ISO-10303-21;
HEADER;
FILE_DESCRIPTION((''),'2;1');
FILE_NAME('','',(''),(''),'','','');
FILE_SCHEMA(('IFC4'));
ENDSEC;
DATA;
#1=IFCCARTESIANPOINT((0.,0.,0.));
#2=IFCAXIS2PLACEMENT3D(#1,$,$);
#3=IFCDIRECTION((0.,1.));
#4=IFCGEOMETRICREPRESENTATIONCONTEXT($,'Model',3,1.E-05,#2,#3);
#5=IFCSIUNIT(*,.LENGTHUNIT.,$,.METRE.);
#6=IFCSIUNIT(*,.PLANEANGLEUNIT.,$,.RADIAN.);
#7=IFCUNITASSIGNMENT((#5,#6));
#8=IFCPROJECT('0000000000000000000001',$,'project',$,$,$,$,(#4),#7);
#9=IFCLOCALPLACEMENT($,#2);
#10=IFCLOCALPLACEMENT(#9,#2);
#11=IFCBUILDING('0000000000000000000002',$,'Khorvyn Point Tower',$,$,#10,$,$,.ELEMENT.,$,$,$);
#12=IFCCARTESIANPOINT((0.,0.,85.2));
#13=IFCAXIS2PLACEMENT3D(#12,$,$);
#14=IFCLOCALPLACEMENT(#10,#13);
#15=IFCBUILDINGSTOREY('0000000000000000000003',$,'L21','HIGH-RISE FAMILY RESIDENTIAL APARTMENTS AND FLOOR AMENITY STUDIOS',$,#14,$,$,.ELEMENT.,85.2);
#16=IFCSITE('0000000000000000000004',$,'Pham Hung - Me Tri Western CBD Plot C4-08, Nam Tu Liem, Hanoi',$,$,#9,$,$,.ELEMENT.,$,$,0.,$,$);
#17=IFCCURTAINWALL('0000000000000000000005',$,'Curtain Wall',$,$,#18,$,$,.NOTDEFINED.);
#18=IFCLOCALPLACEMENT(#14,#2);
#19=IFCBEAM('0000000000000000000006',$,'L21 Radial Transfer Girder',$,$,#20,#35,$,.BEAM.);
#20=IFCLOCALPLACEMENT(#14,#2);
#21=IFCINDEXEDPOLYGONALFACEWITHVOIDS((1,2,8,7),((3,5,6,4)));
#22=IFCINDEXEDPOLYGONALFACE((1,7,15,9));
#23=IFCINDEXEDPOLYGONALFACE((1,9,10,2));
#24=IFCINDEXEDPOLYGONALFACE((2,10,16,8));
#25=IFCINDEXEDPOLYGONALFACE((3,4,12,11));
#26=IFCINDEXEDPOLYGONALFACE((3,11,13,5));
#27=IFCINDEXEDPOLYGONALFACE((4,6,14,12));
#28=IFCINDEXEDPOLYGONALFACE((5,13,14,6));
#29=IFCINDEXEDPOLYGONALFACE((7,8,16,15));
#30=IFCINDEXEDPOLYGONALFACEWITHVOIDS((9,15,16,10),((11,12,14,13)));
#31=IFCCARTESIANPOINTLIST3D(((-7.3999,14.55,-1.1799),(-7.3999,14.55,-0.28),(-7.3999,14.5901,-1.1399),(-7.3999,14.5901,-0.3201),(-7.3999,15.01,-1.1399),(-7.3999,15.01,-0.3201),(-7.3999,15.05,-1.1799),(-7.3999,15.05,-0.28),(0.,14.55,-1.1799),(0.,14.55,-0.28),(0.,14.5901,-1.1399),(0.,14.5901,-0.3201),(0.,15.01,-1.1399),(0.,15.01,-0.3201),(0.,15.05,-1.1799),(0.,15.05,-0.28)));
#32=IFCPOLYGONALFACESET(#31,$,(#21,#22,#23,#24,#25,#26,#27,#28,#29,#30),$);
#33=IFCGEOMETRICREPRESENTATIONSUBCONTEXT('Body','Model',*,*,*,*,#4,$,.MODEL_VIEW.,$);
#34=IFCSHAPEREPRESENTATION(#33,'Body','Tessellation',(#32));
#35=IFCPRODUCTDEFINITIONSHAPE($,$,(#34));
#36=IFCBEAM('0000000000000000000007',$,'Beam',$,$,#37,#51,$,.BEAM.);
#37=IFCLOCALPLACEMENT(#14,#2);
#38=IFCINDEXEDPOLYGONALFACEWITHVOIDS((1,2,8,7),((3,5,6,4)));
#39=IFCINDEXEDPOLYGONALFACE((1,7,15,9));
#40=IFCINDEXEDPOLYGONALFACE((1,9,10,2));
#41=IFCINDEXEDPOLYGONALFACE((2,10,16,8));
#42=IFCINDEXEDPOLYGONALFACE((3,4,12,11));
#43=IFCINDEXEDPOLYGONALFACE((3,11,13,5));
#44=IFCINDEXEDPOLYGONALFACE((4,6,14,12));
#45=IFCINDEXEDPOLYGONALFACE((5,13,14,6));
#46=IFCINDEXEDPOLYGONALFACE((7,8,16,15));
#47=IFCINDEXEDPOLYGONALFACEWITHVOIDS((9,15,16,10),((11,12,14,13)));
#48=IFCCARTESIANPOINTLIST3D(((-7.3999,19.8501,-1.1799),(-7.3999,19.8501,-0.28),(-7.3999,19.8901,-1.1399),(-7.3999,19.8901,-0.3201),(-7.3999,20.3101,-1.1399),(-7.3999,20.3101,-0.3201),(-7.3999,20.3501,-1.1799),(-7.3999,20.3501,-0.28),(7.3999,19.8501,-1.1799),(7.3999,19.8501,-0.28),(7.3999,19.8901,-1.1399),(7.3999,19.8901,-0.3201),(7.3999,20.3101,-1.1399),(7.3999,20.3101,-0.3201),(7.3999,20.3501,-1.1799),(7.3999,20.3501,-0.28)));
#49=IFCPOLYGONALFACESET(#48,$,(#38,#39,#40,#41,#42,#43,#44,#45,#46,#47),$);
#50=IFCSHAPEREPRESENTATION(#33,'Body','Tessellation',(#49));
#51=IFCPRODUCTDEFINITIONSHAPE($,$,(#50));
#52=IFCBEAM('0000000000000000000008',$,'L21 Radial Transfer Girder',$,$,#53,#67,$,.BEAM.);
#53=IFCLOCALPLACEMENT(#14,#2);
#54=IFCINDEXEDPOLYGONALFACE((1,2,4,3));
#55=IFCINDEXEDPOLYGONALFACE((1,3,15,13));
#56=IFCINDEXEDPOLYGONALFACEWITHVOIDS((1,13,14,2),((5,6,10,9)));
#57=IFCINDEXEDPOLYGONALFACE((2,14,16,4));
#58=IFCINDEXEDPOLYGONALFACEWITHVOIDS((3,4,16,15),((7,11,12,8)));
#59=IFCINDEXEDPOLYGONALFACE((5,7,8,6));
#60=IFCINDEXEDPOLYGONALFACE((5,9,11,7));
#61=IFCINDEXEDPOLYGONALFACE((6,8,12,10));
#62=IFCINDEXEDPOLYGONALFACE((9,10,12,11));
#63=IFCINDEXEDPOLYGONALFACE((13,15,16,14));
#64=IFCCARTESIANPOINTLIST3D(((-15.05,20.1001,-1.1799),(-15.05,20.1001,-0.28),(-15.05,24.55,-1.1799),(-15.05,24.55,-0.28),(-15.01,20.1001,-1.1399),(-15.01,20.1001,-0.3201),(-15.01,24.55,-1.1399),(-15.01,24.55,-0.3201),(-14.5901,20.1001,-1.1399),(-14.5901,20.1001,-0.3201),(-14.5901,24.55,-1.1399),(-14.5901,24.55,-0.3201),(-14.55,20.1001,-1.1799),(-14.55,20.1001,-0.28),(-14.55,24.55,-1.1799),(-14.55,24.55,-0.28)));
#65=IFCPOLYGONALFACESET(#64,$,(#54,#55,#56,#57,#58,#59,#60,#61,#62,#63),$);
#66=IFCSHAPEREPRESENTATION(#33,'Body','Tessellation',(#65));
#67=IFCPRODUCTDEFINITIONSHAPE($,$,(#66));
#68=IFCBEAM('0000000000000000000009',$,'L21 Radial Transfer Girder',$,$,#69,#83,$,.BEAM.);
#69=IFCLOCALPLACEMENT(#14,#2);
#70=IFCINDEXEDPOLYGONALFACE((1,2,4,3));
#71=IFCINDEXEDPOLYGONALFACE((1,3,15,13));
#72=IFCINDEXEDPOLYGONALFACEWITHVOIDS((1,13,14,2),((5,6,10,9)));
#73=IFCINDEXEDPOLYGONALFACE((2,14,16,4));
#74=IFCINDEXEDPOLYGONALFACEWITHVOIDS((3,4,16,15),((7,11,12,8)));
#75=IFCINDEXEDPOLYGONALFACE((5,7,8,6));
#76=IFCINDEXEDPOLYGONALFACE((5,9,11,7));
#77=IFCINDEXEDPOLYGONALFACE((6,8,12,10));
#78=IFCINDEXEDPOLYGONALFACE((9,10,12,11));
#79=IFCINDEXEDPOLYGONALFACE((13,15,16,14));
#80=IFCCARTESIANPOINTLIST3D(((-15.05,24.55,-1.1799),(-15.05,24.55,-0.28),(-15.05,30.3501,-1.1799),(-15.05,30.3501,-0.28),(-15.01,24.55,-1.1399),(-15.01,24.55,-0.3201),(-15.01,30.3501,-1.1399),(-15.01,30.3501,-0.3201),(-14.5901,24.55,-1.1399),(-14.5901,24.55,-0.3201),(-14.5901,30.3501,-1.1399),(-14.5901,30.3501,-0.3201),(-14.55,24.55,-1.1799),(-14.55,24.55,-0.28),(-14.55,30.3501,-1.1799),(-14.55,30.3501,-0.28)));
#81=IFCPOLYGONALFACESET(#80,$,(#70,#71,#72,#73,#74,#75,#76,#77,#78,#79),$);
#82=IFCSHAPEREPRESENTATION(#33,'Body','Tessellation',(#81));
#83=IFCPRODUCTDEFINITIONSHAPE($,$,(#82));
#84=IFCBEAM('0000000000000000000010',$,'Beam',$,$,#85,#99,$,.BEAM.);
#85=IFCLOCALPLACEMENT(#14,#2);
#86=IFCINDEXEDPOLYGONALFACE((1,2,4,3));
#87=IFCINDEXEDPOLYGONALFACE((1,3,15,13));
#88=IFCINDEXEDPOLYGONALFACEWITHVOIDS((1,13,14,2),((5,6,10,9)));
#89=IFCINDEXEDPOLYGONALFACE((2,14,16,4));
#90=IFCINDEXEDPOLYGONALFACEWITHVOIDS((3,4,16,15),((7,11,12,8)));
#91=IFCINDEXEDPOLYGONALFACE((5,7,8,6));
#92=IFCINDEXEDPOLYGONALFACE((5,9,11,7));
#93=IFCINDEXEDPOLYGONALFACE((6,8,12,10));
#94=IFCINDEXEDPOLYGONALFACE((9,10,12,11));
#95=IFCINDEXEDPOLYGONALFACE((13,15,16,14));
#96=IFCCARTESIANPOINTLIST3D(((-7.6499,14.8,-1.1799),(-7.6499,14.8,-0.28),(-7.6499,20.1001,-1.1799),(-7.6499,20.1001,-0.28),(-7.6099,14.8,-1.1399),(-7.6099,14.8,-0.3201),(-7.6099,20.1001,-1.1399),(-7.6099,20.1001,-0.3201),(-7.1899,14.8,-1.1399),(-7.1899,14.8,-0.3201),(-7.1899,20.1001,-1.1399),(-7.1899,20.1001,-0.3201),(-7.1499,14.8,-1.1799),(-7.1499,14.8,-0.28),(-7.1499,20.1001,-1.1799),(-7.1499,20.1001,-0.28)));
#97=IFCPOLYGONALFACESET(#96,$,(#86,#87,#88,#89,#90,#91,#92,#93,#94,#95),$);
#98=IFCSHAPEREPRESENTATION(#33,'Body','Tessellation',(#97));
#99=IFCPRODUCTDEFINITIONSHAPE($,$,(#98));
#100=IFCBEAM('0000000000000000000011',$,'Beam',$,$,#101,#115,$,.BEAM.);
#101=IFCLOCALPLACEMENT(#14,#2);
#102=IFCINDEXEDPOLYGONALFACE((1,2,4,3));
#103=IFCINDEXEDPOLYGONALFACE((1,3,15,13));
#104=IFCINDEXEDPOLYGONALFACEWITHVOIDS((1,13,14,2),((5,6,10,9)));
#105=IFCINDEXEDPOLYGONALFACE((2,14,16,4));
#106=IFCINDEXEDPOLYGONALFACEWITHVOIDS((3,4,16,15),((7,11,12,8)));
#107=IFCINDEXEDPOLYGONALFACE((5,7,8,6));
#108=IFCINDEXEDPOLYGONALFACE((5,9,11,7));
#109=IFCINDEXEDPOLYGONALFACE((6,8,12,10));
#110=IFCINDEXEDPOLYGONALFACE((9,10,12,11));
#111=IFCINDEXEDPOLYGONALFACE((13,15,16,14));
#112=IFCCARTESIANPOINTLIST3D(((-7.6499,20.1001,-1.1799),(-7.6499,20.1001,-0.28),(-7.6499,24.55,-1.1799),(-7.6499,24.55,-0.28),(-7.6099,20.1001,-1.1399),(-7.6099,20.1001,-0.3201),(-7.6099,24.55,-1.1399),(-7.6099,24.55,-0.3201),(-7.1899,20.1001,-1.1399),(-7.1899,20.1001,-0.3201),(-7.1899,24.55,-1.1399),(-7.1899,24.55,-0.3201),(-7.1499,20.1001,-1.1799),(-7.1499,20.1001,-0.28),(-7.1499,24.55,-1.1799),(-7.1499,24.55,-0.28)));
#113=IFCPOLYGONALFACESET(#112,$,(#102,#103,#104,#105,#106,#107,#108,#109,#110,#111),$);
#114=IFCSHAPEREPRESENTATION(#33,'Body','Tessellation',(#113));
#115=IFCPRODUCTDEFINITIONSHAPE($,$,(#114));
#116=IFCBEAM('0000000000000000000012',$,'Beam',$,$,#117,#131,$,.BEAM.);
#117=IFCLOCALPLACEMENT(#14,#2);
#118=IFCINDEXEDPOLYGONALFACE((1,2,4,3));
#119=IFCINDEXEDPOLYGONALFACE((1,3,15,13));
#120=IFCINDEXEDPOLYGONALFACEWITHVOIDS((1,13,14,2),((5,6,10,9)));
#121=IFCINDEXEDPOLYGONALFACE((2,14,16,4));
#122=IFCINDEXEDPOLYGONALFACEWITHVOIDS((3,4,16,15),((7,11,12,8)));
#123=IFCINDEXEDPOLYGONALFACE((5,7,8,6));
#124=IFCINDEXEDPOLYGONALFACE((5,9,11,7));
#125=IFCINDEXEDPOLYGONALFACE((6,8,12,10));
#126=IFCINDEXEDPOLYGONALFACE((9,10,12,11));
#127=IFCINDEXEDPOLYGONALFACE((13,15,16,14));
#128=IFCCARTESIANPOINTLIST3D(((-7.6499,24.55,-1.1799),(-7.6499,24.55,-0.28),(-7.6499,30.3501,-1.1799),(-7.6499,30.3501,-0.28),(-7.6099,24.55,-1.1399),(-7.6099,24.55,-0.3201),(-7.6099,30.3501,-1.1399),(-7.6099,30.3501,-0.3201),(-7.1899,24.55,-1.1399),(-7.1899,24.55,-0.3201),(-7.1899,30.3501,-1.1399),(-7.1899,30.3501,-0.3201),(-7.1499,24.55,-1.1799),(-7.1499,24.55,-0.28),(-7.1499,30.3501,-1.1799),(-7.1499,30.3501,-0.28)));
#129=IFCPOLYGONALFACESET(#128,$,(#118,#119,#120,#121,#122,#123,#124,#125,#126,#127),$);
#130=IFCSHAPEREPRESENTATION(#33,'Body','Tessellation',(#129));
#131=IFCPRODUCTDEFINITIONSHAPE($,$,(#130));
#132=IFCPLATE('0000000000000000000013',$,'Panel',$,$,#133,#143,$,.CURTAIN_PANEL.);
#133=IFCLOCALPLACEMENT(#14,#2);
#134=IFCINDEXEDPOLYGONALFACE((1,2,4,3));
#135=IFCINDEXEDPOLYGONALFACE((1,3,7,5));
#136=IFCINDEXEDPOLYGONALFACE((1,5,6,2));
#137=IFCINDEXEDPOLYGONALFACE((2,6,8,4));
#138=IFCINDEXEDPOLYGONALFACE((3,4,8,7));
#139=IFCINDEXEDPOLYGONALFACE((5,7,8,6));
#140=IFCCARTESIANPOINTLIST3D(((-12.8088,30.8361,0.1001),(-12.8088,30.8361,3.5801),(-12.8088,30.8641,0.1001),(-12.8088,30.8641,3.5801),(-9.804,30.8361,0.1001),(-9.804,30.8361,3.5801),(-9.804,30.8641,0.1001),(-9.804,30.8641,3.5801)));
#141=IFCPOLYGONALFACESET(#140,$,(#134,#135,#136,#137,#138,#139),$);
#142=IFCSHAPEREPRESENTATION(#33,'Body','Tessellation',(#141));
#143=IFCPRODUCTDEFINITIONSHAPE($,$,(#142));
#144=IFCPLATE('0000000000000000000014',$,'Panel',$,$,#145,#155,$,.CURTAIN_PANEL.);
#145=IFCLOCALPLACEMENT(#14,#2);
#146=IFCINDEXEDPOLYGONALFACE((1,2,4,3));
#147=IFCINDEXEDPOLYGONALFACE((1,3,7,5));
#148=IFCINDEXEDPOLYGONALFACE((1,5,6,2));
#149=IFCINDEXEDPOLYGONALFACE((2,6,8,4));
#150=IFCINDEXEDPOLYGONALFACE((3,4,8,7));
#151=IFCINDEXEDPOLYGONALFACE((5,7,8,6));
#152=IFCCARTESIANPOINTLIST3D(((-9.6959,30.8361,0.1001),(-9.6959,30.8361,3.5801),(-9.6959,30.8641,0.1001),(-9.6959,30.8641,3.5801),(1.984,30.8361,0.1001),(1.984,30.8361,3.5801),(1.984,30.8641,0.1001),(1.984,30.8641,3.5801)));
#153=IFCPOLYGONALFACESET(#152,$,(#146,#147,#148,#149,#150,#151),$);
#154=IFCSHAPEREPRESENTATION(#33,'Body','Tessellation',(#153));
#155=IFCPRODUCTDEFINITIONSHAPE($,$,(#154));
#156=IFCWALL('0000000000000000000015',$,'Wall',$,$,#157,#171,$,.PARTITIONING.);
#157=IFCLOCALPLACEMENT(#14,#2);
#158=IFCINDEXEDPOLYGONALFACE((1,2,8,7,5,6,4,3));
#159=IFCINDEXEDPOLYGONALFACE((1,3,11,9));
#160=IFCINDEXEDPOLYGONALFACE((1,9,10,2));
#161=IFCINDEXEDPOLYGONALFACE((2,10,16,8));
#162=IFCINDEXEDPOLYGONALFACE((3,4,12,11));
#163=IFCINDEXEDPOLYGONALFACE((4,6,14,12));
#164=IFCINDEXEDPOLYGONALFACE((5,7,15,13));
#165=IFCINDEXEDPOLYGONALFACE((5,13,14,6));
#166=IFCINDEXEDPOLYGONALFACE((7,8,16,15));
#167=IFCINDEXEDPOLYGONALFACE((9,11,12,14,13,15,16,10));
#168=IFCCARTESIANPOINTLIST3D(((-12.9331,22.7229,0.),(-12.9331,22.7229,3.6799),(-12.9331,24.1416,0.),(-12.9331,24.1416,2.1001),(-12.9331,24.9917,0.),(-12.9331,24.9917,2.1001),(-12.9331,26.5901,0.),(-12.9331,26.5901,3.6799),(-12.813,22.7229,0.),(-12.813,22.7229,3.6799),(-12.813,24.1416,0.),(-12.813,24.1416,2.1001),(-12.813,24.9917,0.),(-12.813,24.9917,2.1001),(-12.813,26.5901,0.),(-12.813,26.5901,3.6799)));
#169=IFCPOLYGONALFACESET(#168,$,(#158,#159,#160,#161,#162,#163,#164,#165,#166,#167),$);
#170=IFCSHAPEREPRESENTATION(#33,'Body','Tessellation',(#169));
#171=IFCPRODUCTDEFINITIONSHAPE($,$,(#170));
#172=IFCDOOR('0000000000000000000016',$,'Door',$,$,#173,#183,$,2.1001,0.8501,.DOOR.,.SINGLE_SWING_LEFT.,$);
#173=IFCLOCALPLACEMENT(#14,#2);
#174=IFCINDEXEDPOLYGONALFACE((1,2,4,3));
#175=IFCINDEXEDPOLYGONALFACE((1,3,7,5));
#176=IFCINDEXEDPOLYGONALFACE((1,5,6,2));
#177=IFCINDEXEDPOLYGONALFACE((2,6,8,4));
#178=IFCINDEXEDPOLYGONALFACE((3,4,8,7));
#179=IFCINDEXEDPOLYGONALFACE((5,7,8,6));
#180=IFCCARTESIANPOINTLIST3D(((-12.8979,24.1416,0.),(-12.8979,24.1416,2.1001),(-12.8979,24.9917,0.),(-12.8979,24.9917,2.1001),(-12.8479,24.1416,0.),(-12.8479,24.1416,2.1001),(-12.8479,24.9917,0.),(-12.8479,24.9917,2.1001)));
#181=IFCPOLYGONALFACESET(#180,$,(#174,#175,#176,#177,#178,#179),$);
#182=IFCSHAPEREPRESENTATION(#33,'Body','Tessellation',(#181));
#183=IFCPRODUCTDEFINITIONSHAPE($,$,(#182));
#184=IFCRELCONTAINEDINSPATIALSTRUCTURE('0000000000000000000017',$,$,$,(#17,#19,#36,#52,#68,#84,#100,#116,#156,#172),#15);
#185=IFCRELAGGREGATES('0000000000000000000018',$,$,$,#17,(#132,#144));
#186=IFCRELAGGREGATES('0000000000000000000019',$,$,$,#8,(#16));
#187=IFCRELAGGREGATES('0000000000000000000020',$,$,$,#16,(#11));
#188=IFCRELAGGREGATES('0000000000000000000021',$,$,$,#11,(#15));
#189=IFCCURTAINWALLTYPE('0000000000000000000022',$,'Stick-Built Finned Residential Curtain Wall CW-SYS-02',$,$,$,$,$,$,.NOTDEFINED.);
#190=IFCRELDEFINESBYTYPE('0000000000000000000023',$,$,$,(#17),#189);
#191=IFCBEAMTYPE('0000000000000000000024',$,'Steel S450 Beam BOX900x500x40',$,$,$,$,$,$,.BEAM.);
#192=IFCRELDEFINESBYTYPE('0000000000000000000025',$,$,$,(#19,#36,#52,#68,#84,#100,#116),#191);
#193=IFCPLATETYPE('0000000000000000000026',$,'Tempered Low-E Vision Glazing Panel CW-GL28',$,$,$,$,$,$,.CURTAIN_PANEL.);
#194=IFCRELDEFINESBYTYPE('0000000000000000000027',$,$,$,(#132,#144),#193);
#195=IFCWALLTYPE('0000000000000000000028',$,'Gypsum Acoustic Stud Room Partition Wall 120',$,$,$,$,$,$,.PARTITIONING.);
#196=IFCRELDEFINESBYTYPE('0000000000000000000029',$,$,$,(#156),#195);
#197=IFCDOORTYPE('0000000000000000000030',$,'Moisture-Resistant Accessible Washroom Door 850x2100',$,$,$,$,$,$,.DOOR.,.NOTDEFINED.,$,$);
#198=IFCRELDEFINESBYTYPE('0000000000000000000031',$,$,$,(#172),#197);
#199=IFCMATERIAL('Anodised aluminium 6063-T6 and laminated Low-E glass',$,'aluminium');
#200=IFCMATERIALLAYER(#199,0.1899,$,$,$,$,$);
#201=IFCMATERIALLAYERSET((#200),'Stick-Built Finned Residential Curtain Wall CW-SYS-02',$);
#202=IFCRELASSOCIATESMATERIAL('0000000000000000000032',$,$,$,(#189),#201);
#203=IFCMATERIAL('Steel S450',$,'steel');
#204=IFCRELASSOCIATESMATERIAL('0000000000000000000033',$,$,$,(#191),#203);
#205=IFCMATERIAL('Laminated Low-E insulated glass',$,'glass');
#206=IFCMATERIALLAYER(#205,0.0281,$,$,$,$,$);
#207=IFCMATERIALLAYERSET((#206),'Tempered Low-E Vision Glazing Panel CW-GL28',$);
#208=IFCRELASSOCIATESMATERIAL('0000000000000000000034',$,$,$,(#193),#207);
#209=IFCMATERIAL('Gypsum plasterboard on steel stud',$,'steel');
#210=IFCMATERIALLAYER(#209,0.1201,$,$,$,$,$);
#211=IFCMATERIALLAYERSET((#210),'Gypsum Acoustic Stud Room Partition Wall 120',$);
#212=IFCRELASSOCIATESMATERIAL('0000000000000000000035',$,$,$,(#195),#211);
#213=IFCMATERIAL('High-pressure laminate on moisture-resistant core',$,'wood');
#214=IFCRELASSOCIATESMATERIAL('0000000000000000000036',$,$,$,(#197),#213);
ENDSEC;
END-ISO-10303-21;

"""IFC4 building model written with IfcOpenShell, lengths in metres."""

from ifc_helpers import new_model, si_unit, direction, frame, frame_2d, origin, origin_2d, place, context, subcontext, project, spatial, rectangle, hollow_rectangle, extrude, material, layer, layer_set, material_profile, profile_set, type_object, element, fill, aggregate, save


model = new_model("IFC4")

# Units and contexts
model_context = context("Model", 3, precision=1e-05, world=origin(), true_north=direction((0.0, 1.0)))
body_context = subcontext(model_context, "Body", "Model", "MODEL_VIEW")
ifc_project = project(units=[si_unit("LENGTHUNIT", "METRE"), si_unit("PLANEANGLEUNIT", "RADIAN")], contexts=[model_context])

# Site, building, storey
site_placement = place(None, origin())
site = spatial("IfcSite", under=ifc_project, at=site_placement, Name="Pham Hung - Me Tri Western CBD Plot C4-08, Nam Tu Liem, Hanoi", CompositionType="ELEMENT", RefElevation=0.0)
building_placement = place(site_placement, origin())
building = spatial("IfcBuilding", under=site, at=building_placement, Name="Khorvyn Point Tower", CompositionType="ELEMENT")
storey_placement = place(building_placement, frame((0.0, 0.0, 85.2)))
storey = spatial("IfcBuildingStorey", under=building, at=storey_placement, Name="L21", Description="HIGH-RISE FAMILY RESIDENTIAL APARTMENTS AND FLOOR AMENITY STUDIOS", CompositionType="ELEMENT", Elevation=85.2)

# Shared definitions
ifc_material_1 = material(Name="Steel S450", Category="steel")

# Curtain wall
ifc_material_2 = material(Name="Anodised aluminium 6063-T6 and laminated Low-E glass", Category="aluminium")
ifc_layer_1 = layer(ifc_material_2, 0.1899)
ifc_layer_set_1 = layer_set([ifc_layer_1], Name="Stick-Built Finned Residential Curtain Wall CW-SYS-02")
curtain_wall_type = type_object("IfcCurtainWallType", Name="Stick-Built Finned Residential Curtain Wall CW-SYS-02", PredefinedType="NOTDEFINED", material=ifc_layer_set_1)
curtain_wall_placement = place(storey_placement, origin())
curtain_wall = element("IfcCurtainWall", 1, at=curtain_wall_placement, inside=storey, type_object=curtain_wall_type, Name="Curtain Wall", PredefinedType="NOTDEFINED")

# Beams
ifc_material_profile_1 = material_profile(ifc_material_1, hollow_rectangle(XDim=0.5, YDim=0.8999, WallThickness=0.04, at=origin_2d()))
ifc_profile_set_1 = profile_set([ifc_material_profile_1], Name="Steel S450 BOX900x500x40")
beam_type_1 = type_object("IfcBeamType", Name="Steel S450 Beam BOX900x500x40", PredefinedType="BEAM", material=ifc_profile_set_1)
beam_1_placement = place(storey_placement, frame((-7.3999, 14.8, -0.73), z_axis=(1.0, 0.0, 0.0), x_axis=(0.0, 1.0, 0.0)))
element("IfcBeam", 2, at=beam_1_placement, inside=storey, type_object=beam_type_1, Name="L21 Radial Transfer Girder", PredefinedType="BEAM", context=body_context, shape_type="SweptSolid", body=[
    extrude(hollow_rectangle(XDim=0.5, YDim=0.8999, WallThickness=0.04, at=origin_2d()), origin(), (0.0, 0.0, 1.0), 7.3999),
])
beam_2_placement = place(storey_placement, frame((-7.3999, 20.1001, -0.73), z_axis=(1.0, 0.0, 0.0), x_axis=(0.0, 1.0, 0.0)))
element("IfcBeam", 3, at=beam_2_placement, inside=storey, type_object=beam_type_1, Name="Beam", PredefinedType="BEAM", context=body_context, shape_type="SweptSolid", body=[
    extrude(hollow_rectangle(XDim=0.5, YDim=0.8999, WallThickness=0.04, at=origin_2d()), origin(), (0.0, 0.0, 1.0), 14.7998),
])
beam_3_placement = place(storey_placement, frame((-14.8, 20.1001, -0.73), z_axis=(0.0, 1.0, 0.0), x_axis=(-1.0, 0.0, 0.0)))
element("IfcBeam", 4, at=beam_3_placement, inside=storey, type_object=beam_type_1, Name="L21 Radial Transfer Girder", PredefinedType="BEAM", context=body_context, shape_type="SweptSolid", body=[
    extrude(hollow_rectangle(XDim=0.5, YDim=0.8999, WallThickness=0.04, at=origin_2d()), origin(), (0.0, 0.0, 1.0), 4.45),
])
beam_4_placement = place(storey_placement, frame((-14.8, 24.55, -0.73), z_axis=(0.0, 1.0, 0.0), x_axis=(-1.0, 0.0, 0.0)))
element("IfcBeam", 5, at=beam_4_placement, inside=storey, type_object=beam_type_1, Name="L21 Radial Transfer Girder", PredefinedType="BEAM", context=body_context, shape_type="SweptSolid", body=[
    extrude(hollow_rectangle(XDim=0.5, YDim=0.8999, WallThickness=0.04, at=origin_2d()), origin(), (0.0, 0.0, 1.0), 5.8),
])
beam_5_placement = place(storey_placement, frame((-7.3999, 14.8, -0.73), z_axis=(0.0, 1.0, 0.0), x_axis=(-1.0, 0.0, 0.0)))
element("IfcBeam", 6, at=beam_5_placement, inside=storey, type_object=beam_type_1, Name="Beam", PredefinedType="BEAM", context=body_context, shape_type="SweptSolid", body=[
    extrude(hollow_rectangle(XDim=0.5, YDim=0.8999, WallThickness=0.04, at=origin_2d()), origin(), (0.0, 0.0, 1.0), 5.3),
])
beam_6_placement = place(storey_placement, frame((-7.3999, 20.1001, -0.73), z_axis=(0.0, 1.0, 0.0), x_axis=(-1.0, 0.0, 0.0)))
element("IfcBeam", 7, at=beam_6_placement, inside=storey, type_object=beam_type_1, Name="Beam", PredefinedType="BEAM", context=body_context, shape_type="SweptSolid", body=[
    extrude(hollow_rectangle(XDim=0.5, YDim=0.8999, WallThickness=0.04, at=origin_2d()), origin(), (0.0, 0.0, 1.0), 4.45),
])
beam_7_placement = place(storey_placement, frame((-7.3999, 24.55, -0.73), z_axis=(0.0, 1.0, 0.0), x_axis=(-1.0, 0.0, 0.0)))
element("IfcBeam", 8, at=beam_7_placement, inside=storey, type_object=beam_type_1, Name="Beam", PredefinedType="BEAM", context=body_context, shape_type="SweptSolid", body=[
    extrude(hollow_rectangle(XDim=0.5, YDim=0.8999, WallThickness=0.04, at=origin_2d()), origin(), (0.0, 0.0, 1.0), 5.8),
])

# Plates
ifc_material_3 = material(Name="Laminated Low-E insulated glass", Category="glass")
ifc_layer_2 = layer(ifc_material_3, 0.0281)
ifc_layer_set_2 = layer_set([ifc_layer_2], Name="Tempered Low-E Vision Glazing Panel CW-GL28")
plate_type = type_object("IfcPlateType", Name="Tempered Low-E Vision Glazing Panel CW-GL28", PredefinedType="CURTAIN_PANEL", material=ifc_layer_set_2)
plate_1_placement = place(storey_placement, frame((-11.3064, 30.8501, 0.1001), z_axis=(0.0, 0.0, 1.0), x_axis=(1.0, 0.0, 0.0)))
plate_1 = element("IfcPlate", 9, at=plate_1_placement, type_object=plate_type, Name="Panel", PredefinedType="CURTAIN_PANEL", context=body_context, shape_type="SweptSolid", body=[
    extrude(rectangle(XDim=3.0049, YDim=0.0281, at=origin_2d()), origin(), (0.0, 0.0, 1.0), 3.48),
])
plate_2_placement = place(storey_placement, frame((-3.856, 30.8501, 0.1001), z_axis=(0.0, 0.0, 1.0), x_axis=(1.0, 0.0, 0.0)))
plate_2 = element("IfcPlate", 10, at=plate_2_placement, type_object=plate_type, Name="Panel", PredefinedType="CURTAIN_PANEL", context=body_context, shape_type="SweptSolid", body=[
    extrude(rectangle(XDim=11.6799, YDim=0.0281, at=origin_2d()), origin(), (0.0, 0.0, 1.0), 3.48),
])
aggregate(curtain_wall, [plate_1, plate_2])

# Wall, opening, door
ifc_material_4 = material(Name="Gypsum plasterboard on steel stud", Category="steel")
ifc_layer_3 = layer(ifc_material_4, 0.1201)
ifc_layer_set_3 = layer_set([ifc_layer_3], Name="Gypsum Acoustic Stud Room Partition Wall 120")
wall_type_1 = type_object("IfcWallType", Name="Gypsum Acoustic Stud Room Partition Wall 120", PredefinedType="PARTITIONING", material=ifc_layer_set_3)
wall_1_placement = place(storey_placement, frame((-12.873, 22.7229, 0.0), z_axis=(0.0, 0.0, 1.0), x_axis=(0.0, 1.0, 0.0)))
wall_1 = element("IfcWall", 11, at=wall_1_placement, inside=storey, type_object=wall_type_1, Name="Wall", PredefinedType="PARTITIONING", context=body_context, shape_type="SweptSolid", body=[
    extrude(rectangle(XDim=3.8672, YDim=0.1201, at=frame_2d((1.9336, 0.0))), origin(), (0.0, 0.0, 1.0), 3.6799),
])
opening_1_placement = place(wall_1_placement, frame((1.4187, 0.0, 0.0)))
opening_1 = element("IfcOpeningElement", 12, at=opening_1_placement, cuts=wall_1, PredefinedType="OPENING", context=body_context, shape_type="SweptSolid", body=[
    extrude(rectangle(XDim=0.8501, YDim=2.1001, at=frame_2d((0.425, 1.05))), frame((0.0, 0.0701, 0.0), z_axis=(0.0, -1.0, 0.0), x_axis=(1.0, 0.0, 0.0)), (0.0, 0.0, 1.0), 0.1401),
])
ifc_material_5 = material(Name="High-pressure laminate on moisture-resistant core", Category="wood")
door_type_1 = type_object("IfcDoorType", Name="Moisture-Resistant Accessible Washroom Door 850x2100", OperationType="NOTDEFINED", PredefinedType="DOOR", material=ifc_material_5)
door_1_placement = place(opening_1_placement, origin())
door_1 = element("IfcDoor", 13, at=door_1_placement, inside=storey, type_object=door_type_1, Name="Door", OperationType="SINGLE_SWING_LEFT", OverallHeight=2.1001, OverallWidth=0.8501, PredefinedType="DOOR", context=body_context, shape_type="SweptSolid", body=[
    extrude(rectangle(XDim=0.8501, YDim=2.1001, at=frame_2d((0.425, 1.05))), frame((0.0, 0.0249, 0.0), z_axis=(0.0, -1.0, 0.0), x_axis=(1.0, 0.0, 0.0)), (0.0, 0.0, 1.0), 0.05),
])
fill(opening_1, door_1)

save(model, "model.ifc")
